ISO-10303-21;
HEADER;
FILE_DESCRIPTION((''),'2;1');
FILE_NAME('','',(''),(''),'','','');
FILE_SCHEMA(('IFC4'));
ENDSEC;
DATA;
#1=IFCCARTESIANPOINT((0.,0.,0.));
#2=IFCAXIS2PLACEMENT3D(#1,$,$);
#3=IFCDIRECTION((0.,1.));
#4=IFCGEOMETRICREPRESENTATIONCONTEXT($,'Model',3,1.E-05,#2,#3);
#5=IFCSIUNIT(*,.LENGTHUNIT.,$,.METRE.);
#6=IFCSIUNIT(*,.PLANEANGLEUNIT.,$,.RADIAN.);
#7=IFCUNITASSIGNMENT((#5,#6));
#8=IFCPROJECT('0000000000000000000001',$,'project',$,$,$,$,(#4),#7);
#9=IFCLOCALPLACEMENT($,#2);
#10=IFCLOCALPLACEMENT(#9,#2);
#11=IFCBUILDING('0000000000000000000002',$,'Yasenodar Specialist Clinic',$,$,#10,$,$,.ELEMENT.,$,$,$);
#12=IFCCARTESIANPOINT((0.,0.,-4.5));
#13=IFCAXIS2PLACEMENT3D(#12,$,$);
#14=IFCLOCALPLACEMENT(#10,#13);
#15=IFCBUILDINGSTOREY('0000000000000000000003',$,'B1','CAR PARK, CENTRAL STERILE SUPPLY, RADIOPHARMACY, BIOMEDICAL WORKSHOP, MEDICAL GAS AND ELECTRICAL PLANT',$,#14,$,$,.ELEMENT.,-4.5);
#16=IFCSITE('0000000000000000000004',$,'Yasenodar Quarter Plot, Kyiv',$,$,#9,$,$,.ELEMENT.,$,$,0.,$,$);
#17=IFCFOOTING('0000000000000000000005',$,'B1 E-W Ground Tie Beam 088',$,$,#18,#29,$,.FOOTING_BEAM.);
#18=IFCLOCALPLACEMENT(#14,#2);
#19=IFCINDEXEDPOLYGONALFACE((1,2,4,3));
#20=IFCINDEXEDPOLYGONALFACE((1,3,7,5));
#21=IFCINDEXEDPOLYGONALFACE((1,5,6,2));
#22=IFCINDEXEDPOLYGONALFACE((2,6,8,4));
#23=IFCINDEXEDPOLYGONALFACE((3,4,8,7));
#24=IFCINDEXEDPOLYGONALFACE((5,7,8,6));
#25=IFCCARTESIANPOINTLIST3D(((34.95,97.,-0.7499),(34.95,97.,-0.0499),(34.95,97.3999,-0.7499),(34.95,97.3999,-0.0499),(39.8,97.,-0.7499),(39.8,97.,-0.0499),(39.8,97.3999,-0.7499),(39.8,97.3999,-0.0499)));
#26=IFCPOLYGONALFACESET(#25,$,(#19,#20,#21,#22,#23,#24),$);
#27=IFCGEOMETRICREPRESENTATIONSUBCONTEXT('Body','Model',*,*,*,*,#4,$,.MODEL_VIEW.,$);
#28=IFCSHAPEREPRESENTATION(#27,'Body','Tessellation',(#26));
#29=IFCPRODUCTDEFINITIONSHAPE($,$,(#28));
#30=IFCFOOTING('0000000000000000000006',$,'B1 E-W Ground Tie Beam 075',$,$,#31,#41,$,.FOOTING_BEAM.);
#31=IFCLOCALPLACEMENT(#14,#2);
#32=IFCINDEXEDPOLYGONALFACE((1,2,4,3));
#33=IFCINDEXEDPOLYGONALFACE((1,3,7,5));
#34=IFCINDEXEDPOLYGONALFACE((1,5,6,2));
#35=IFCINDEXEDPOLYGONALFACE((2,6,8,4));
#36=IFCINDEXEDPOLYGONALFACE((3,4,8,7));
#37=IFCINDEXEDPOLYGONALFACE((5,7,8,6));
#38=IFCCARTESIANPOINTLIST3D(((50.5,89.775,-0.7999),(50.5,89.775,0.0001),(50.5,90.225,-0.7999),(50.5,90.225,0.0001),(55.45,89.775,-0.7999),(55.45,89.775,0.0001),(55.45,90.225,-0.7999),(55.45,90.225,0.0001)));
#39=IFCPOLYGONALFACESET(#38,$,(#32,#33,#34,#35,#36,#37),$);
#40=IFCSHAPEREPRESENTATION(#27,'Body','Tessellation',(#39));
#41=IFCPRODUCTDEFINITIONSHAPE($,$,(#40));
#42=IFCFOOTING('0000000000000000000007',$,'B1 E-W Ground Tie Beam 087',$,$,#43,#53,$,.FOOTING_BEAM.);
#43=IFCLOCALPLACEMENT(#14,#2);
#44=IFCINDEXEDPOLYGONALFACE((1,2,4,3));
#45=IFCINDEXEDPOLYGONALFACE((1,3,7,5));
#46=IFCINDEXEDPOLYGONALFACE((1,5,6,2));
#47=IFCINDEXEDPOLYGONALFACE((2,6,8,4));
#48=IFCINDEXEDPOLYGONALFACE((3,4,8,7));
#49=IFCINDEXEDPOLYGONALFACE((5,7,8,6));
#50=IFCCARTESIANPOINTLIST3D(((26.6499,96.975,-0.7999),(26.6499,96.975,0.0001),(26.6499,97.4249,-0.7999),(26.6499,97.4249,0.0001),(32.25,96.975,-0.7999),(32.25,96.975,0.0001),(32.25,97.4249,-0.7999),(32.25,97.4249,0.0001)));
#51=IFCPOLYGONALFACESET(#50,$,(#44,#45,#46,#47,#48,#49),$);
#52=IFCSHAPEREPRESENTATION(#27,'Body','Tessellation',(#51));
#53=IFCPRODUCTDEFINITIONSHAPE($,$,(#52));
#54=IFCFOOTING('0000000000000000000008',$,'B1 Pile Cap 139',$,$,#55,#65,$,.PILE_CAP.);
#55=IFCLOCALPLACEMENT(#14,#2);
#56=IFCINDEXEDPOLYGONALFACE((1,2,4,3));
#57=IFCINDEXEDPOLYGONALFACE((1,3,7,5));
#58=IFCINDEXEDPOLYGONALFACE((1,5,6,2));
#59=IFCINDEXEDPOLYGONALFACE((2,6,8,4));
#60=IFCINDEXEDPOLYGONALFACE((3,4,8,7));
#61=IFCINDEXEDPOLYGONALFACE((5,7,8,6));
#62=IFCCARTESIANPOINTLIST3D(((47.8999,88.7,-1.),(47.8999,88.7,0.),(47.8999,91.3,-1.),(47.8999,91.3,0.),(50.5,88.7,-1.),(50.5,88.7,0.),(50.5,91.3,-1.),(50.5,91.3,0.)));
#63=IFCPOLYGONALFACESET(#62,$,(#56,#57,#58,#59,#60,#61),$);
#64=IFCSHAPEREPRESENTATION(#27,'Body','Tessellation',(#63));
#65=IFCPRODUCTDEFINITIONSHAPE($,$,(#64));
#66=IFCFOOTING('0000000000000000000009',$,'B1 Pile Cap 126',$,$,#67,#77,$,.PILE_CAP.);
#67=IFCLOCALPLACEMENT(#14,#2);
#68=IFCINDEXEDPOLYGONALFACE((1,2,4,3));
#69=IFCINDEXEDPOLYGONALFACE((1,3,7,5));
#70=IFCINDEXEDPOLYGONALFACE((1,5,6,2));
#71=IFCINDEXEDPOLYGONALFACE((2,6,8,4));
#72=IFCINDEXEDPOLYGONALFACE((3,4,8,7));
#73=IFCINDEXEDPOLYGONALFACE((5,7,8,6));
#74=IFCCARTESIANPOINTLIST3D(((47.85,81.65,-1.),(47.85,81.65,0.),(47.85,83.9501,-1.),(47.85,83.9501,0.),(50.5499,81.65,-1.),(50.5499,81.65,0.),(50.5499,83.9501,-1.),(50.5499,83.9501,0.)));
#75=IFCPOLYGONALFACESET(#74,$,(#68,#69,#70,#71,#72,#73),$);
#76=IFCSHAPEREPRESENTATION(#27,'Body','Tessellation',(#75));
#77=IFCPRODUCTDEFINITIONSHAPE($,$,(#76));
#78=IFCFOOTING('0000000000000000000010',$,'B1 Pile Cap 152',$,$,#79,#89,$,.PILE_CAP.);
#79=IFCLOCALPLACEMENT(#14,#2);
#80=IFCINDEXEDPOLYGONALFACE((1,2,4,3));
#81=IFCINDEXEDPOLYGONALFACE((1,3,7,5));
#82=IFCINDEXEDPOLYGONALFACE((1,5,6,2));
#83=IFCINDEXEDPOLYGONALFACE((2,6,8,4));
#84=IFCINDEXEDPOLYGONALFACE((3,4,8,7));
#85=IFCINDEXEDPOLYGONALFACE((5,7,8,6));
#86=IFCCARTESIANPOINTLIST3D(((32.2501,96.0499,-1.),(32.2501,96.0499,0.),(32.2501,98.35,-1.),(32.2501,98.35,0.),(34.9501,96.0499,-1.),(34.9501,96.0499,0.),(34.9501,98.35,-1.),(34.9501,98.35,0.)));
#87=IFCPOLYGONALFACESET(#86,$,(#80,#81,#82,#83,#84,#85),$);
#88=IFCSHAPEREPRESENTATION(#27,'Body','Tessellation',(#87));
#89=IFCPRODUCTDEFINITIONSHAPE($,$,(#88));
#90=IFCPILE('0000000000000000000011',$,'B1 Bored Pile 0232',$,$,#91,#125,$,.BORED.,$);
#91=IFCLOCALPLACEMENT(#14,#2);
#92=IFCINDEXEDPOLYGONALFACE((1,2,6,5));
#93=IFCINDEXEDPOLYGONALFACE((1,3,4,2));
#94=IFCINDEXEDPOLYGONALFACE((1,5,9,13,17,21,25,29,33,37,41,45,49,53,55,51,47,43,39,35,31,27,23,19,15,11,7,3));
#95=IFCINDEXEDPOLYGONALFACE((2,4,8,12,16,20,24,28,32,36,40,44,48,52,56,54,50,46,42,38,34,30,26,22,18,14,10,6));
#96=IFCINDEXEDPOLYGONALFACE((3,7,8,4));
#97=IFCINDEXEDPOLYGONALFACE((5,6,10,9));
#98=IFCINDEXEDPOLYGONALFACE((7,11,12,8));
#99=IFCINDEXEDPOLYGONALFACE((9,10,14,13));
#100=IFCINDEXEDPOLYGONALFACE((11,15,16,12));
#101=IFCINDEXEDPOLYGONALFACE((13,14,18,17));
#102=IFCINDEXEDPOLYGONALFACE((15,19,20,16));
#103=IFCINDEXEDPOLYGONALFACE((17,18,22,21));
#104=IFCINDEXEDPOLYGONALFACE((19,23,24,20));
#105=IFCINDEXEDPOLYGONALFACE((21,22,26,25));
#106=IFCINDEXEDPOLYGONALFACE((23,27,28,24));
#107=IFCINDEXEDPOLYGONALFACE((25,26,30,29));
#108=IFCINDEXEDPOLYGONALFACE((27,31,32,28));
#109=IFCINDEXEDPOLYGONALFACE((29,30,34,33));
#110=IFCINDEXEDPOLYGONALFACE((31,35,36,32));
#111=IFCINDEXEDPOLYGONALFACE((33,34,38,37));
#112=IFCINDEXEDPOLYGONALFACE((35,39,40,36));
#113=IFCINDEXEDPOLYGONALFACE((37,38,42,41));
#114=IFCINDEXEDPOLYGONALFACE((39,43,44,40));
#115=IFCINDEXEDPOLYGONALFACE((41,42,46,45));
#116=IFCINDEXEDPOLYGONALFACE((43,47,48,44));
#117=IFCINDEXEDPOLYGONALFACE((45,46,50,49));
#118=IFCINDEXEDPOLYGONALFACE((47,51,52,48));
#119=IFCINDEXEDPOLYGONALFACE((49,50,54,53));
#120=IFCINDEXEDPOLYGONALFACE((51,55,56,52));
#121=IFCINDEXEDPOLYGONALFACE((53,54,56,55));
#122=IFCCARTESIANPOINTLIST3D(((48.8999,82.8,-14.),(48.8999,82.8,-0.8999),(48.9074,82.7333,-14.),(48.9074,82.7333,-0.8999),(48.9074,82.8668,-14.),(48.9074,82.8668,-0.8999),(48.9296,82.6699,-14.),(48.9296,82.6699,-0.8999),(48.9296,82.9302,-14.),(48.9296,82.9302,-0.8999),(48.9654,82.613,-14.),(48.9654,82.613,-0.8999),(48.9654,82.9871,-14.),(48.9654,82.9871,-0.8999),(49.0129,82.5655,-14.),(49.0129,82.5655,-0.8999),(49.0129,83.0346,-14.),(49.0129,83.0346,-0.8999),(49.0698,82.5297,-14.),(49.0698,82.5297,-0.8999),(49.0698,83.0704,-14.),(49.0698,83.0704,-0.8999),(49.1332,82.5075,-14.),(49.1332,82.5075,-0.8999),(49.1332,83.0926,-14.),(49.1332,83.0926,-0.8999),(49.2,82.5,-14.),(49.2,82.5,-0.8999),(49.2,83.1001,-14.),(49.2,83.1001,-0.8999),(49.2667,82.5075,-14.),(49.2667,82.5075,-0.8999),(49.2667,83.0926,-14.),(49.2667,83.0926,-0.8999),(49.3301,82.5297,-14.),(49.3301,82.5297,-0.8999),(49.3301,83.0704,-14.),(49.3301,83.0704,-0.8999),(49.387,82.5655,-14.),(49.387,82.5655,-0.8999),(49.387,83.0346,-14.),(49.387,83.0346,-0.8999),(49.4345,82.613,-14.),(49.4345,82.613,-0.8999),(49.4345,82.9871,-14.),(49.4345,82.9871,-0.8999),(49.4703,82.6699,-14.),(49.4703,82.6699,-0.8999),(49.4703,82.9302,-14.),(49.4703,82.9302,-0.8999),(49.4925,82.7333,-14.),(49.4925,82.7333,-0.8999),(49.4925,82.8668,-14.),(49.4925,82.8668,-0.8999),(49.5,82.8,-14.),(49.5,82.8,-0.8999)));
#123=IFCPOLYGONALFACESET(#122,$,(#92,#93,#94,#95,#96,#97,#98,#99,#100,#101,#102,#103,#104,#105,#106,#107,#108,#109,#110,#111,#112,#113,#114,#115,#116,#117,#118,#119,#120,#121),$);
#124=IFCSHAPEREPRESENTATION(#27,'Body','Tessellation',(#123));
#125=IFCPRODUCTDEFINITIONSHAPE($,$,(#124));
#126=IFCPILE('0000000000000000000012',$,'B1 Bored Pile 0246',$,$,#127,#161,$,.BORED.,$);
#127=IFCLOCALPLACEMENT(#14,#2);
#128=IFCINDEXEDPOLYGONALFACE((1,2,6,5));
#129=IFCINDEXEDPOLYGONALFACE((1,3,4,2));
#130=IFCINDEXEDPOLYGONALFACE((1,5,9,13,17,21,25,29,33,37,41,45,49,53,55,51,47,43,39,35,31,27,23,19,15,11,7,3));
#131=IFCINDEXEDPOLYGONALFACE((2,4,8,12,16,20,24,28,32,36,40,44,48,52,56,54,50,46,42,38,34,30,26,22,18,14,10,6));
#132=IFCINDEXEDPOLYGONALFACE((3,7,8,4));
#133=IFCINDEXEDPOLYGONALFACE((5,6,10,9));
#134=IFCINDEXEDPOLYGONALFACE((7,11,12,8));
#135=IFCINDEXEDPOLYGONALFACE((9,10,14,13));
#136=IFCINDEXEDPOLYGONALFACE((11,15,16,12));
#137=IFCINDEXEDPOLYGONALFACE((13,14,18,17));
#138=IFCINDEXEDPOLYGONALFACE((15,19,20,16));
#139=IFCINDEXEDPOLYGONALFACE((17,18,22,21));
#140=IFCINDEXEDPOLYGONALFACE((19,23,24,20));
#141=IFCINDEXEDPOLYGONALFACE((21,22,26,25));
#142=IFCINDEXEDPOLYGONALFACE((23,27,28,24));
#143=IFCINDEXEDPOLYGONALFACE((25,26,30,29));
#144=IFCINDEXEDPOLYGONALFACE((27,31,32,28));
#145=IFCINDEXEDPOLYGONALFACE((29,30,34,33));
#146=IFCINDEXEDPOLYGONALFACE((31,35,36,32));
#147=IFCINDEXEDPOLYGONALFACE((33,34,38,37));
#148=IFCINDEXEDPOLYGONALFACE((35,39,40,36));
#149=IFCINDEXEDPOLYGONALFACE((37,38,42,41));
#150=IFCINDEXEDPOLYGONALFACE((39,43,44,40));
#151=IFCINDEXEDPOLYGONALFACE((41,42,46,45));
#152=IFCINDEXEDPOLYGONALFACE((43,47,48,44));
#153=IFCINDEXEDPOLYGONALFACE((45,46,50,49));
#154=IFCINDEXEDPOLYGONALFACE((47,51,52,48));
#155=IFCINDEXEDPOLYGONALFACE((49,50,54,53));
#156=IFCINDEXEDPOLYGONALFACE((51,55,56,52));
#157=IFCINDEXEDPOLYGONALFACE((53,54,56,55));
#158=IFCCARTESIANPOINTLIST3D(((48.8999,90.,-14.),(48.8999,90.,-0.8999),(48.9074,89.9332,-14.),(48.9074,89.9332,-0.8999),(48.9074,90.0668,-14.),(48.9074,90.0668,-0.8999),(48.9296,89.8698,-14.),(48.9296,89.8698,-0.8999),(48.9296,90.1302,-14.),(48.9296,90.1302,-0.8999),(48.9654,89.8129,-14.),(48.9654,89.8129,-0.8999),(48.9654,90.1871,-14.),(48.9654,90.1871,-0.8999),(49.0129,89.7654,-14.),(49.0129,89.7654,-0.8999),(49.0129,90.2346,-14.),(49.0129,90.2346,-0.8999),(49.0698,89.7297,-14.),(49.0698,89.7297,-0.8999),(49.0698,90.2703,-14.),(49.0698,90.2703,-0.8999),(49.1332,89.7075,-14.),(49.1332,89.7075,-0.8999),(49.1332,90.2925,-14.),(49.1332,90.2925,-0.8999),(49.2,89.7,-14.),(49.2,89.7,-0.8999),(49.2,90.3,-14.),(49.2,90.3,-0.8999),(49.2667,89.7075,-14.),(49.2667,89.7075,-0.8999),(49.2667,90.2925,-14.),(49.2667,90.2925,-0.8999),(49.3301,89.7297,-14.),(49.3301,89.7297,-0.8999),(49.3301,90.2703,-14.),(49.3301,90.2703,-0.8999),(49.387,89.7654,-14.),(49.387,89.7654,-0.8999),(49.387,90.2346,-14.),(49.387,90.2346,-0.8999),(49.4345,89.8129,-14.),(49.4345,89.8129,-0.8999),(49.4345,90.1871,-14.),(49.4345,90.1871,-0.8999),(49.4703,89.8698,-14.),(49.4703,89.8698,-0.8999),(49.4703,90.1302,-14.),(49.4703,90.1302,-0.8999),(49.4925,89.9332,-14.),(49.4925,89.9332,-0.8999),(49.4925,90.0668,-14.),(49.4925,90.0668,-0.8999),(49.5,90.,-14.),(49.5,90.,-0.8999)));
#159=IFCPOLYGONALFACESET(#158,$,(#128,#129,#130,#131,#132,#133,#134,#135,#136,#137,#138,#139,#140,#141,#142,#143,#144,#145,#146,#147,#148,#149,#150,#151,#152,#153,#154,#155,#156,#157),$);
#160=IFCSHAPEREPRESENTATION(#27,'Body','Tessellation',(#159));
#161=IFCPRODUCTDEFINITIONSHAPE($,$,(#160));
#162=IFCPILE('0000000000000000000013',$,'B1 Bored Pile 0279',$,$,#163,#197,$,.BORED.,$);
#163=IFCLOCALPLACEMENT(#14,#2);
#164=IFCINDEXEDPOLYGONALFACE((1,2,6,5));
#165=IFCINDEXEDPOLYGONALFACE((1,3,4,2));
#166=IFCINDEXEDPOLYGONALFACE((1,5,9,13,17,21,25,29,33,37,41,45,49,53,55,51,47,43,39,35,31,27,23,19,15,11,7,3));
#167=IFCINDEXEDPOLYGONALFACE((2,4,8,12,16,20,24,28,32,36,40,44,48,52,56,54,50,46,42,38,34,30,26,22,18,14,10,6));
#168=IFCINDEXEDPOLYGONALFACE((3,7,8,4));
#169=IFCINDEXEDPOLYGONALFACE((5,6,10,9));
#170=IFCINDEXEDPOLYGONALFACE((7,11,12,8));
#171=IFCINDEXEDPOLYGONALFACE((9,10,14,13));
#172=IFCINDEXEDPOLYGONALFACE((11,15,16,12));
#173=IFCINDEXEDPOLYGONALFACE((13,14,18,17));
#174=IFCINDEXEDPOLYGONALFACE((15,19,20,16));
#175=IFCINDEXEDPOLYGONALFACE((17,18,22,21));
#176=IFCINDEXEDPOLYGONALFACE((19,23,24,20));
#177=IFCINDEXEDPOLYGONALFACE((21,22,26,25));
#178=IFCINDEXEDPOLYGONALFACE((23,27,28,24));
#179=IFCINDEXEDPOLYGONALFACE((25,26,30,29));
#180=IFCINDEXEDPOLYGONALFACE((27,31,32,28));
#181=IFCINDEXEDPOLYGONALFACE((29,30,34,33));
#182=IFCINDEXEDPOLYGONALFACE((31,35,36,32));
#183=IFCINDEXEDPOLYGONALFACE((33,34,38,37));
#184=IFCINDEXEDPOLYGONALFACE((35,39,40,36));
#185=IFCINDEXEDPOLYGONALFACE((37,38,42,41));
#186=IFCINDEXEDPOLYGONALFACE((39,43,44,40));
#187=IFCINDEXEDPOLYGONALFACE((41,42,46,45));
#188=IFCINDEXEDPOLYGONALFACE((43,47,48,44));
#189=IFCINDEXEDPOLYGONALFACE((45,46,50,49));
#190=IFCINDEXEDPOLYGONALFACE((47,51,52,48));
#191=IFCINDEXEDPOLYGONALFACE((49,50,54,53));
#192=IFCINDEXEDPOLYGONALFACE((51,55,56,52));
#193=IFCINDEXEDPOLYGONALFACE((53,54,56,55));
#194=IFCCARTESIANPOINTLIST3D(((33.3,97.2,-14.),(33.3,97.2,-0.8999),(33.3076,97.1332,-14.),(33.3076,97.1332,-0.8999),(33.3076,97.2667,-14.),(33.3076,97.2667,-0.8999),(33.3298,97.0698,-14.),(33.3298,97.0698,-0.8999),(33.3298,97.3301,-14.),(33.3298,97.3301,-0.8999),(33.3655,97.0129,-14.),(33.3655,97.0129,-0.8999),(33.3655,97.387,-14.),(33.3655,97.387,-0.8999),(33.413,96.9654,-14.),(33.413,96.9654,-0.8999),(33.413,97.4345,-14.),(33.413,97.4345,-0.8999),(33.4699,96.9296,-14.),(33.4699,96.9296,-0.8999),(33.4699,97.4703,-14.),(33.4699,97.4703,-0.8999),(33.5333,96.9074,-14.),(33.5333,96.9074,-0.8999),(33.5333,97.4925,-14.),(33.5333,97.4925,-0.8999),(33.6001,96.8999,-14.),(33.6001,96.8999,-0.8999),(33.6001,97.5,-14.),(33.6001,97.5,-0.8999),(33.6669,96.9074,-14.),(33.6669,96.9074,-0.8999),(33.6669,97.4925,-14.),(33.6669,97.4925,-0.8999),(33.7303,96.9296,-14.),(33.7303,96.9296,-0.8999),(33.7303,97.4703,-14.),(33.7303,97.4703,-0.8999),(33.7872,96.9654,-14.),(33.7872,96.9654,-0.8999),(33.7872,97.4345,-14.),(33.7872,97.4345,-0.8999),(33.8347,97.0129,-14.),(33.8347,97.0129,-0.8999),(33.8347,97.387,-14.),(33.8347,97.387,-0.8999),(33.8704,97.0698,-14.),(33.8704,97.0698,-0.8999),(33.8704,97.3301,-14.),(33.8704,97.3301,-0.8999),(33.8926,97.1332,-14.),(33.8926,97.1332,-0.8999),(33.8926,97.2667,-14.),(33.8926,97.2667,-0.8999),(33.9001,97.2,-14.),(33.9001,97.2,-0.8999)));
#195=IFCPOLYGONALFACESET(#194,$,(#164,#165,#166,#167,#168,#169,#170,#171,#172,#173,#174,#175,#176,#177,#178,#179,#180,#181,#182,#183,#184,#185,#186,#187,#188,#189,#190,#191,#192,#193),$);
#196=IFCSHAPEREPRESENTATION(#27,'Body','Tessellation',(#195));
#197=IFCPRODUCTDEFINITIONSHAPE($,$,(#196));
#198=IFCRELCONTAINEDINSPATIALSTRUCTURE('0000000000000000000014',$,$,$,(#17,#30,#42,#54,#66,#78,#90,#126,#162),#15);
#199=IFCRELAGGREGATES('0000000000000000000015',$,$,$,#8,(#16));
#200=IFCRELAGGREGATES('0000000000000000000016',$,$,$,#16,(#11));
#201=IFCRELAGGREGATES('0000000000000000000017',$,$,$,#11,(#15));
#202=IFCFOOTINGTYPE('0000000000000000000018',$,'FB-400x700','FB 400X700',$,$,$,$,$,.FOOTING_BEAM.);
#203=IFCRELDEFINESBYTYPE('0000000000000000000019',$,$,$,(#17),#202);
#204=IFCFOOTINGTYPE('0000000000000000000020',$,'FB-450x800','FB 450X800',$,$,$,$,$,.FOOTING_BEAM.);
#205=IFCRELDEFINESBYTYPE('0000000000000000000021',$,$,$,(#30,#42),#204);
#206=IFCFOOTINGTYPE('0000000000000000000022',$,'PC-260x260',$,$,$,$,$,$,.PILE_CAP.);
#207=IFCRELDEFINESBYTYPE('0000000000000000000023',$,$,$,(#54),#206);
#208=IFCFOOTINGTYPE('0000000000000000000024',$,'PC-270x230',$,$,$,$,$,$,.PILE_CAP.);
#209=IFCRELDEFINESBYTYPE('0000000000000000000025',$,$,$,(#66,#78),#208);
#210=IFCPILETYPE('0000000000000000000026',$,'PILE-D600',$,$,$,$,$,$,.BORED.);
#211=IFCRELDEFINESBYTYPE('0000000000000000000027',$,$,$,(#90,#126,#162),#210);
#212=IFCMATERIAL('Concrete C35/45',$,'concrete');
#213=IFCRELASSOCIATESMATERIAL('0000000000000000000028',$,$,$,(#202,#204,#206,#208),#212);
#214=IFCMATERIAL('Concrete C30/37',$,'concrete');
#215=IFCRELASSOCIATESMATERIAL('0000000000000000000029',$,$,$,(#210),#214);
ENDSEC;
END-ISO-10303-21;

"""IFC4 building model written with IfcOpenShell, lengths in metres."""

from ifc_helpers import new_model, si_unit, direction, frame, origin, origin_2d, place, context, subcontext, project, spatial, rectangle, circle, extrude, material, material_profile, profile_set, type_object, element, save


model = new_model("IFC4")

# Units and contexts
model_context = context("Model", 3, precision=1e-05, world=origin(), true_north=direction((0.0, 1.0)))
body_context = subcontext(model_context, "Body", "Model", "MODEL_VIEW")
ifc_project = project(units=[si_unit("LENGTHUNIT", "METRE"), si_unit("PLANEANGLEUNIT", "RADIAN")], contexts=[model_context])

# Site, building, storey
site_placement = place(None, origin())
site = spatial("IfcSite", under=ifc_project, at=site_placement, Name="Yasenodar Quarter Plot, Kyiv", CompositionType="ELEMENT", RefElevation=0.0)
building_placement = place(site_placement, origin())
building = spatial("IfcBuilding", under=site, at=building_placement, Name="Yasenodar Specialist Clinic", CompositionType="ELEMENT")
storey_placement = place(building_placement, frame((0.0, 0.0, -4.5)))
storey = spatial("IfcBuildingStorey", under=building, at=storey_placement, Name="B1", Description="CAR PARK, CENTRAL STERILE SUPPLY, RADIOPHARMACY, BIOMEDICAL WORKSHOP, MEDICAL GAS AND ELECTRICAL PLANT", CompositionType="ELEMENT", Elevation=-4.5)

# Footings
ifc_material_1 = material(Name="Concrete C35/45", Category="concrete")
ifc_material_profile_1 = material_profile(ifc_material_1, rectangle(XDim=0.3999, YDim=0.7, at=origin_2d()), Name="RC 400x700")
ifc_profile_set_1 = profile_set([ifc_material_profile_1], Name="Concrete C35/45")
footing_type_1 = type_object("IfcFootingType", Name="FB-400x700", Description="FB 400X700", PredefinedType="FOOTING_BEAM", material=ifc_profile_set_1)
footing_1_placement = place(storey_placement, frame((34.95, 97.2, -0.3999), z_axis=(1.0, 0.0, 0.0), x_axis=(0.0, 1.0, 0.0)))
element("IfcFooting", 1, at=footing_1_placement, inside=storey, type_object=footing_type_1, Name="B1 E-W Ground Tie Beam 088", PredefinedType="FOOTING_BEAM", context=body_context, shape_type="SweptSolid", body=[
    extrude(rectangle(XDim=0.3999, YDim=0.7, at=origin_2d()), origin(), (0.0, 0.0, 1.0), 4.8501),
])
ifc_material_profile_2 = material_profile(ifc_material_1, rectangle(XDim=0.45, YDim=0.8, at=origin_2d()), Name="RC 450x800")
ifc_profile_set_2 = profile_set([ifc_material_profile_2], Name="Concrete C35/45")
footing_type_2 = type_object("IfcFootingType", Name="FB-450x800", Description="FB 450X800", PredefinedType="FOOTING_BEAM", material=ifc_profile_set_2)
footing_2_placement = place(storey_placement, frame((50.5, 90.0, -0.3999), z_axis=(1.0, 0.0, 0.0), x_axis=(0.0, 1.0, 0.0)))
element("IfcFooting", 2, at=footing_2_placement, inside=storey, type_object=footing_type_2, Name="B1 E-W Ground Tie Beam 075", PredefinedType="FOOTING_BEAM", context=body_context, shape_type="SweptSolid", body=[
    extrude(rectangle(XDim=0.45, YDim=0.8, at=origin_2d()), origin(), (0.0, 0.0, 1.0), 4.95),
])
footing_3_placement = place(storey_placement, frame((26.6499, 97.2, -0.3999), z_axis=(1.0, 0.0, 0.0), x_axis=(0.0, 1.0, 0.0)))
element("IfcFooting", 3, at=footing_3_placement, inside=storey, type_object=footing_type_2, Name="B1 E-W Ground Tie Beam 087", PredefinedType="FOOTING_BEAM", context=body_context, shape_type="SweptSolid", body=[
    extrude(rectangle(XDim=0.45, YDim=0.8, at=origin_2d()), origin(), (0.0, 0.0, 1.0), 5.6001),
])
footing_type_3 = type_object("IfcFootingType", Name="PC-260x260", PredefinedType="PILE_CAP", material=ifc_material_1)
footing_4_placement = place(storey_placement, frame((49.2, 90.0, -1.0), z_axis=(0.0, 0.0, 1.0), x_axis=(1.0, 0.0, 0.0)))
element("IfcFooting", 4, at=footing_4_placement, inside=storey, type_object=footing_type_3, Name="B1 Pile Cap 139", PredefinedType="PILE_CAP", context=body_context, shape_type="SweptSolid", body=[
    extrude(rectangle(XDim=2.6001, YDim=2.6001, at=origin_2d()), origin(), (0.0, 0.0, 1.0), 1.0),
])
footing_type_4 = type_object("IfcFootingType", Name="PC-270x230", PredefinedType="PILE_CAP", material=ifc_material_1)
for number, where, z_axis, x_axis, name in (
    (5, (49.2, 82.8, -1.0), (0.0, 0.0, 1.0), (1.0, 0.0, 0.0), "B1 Pile Cap 126"),
    (6, (33.6001, 97.2, -1.0), (0.0, 0.0, 1.0), (1.0, 0.0, 0.0), "B1 Pile Cap 152"),
):
    element("IfcFooting", number, at=place(storey_placement, frame(where, z_axis=z_axis, x_axis=x_axis)), inside=storey, type_object=footing_type_4, Name=name, PredefinedType="PILE_CAP", context=body_context, shape_type="SweptSolid", body=[
        extrude(rectangle(XDim=2.7, YDim=2.3, at=origin_2d()), origin(), (0.0, 0.0, 1.0), 1.0),
    ])

# Piles
ifc_material_2 = material(Name="Concrete C30/37", Category="concrete")
ifc_material_profile_3 = material_profile(ifc_material_2, circle(Radius=0.3, at=origin_2d()), Name="PILE D600")
ifc_profile_set_3 = profile_set([ifc_material_profile_3], Name="Concrete C30/37")
pile_type_1 = type_object("IfcPileType", Name="PILE-D600", PredefinedType="BORED", material=ifc_profile_set_3)
for number, where, z_axis, x_axis, name in (
    (7, (49.2, 82.8, -0.8999), (0.0, 0.0, -1.0), (1.0, 0.0, 0.0), "B1 Bored Pile 0232"),
    (8, (49.2, 90.0, -0.8999), (0.0, 0.0, -1.0), (1.0, 0.0, 0.0), "B1 Bored Pile 0246"),
    (9, (33.6001, 97.2, -0.8999), (0.0, 0.0, -1.0), (1.0, 0.0, 0.0), "B1 Bored Pile 0279"),
):
    element("IfcPile", number, at=place(storey_placement, frame(where, z_axis=z_axis, x_axis=x_axis)), inside=storey, type_object=pile_type_1, Name=name, PredefinedType="BORED", context=body_context, shape_type="SweptSolid", body=[
        extrude(circle(Radius=0.3, at=origin_2d()), origin(), (0.0, 0.0, 1.0), 13.1001),
    ])

save(model, "model.ifc")
